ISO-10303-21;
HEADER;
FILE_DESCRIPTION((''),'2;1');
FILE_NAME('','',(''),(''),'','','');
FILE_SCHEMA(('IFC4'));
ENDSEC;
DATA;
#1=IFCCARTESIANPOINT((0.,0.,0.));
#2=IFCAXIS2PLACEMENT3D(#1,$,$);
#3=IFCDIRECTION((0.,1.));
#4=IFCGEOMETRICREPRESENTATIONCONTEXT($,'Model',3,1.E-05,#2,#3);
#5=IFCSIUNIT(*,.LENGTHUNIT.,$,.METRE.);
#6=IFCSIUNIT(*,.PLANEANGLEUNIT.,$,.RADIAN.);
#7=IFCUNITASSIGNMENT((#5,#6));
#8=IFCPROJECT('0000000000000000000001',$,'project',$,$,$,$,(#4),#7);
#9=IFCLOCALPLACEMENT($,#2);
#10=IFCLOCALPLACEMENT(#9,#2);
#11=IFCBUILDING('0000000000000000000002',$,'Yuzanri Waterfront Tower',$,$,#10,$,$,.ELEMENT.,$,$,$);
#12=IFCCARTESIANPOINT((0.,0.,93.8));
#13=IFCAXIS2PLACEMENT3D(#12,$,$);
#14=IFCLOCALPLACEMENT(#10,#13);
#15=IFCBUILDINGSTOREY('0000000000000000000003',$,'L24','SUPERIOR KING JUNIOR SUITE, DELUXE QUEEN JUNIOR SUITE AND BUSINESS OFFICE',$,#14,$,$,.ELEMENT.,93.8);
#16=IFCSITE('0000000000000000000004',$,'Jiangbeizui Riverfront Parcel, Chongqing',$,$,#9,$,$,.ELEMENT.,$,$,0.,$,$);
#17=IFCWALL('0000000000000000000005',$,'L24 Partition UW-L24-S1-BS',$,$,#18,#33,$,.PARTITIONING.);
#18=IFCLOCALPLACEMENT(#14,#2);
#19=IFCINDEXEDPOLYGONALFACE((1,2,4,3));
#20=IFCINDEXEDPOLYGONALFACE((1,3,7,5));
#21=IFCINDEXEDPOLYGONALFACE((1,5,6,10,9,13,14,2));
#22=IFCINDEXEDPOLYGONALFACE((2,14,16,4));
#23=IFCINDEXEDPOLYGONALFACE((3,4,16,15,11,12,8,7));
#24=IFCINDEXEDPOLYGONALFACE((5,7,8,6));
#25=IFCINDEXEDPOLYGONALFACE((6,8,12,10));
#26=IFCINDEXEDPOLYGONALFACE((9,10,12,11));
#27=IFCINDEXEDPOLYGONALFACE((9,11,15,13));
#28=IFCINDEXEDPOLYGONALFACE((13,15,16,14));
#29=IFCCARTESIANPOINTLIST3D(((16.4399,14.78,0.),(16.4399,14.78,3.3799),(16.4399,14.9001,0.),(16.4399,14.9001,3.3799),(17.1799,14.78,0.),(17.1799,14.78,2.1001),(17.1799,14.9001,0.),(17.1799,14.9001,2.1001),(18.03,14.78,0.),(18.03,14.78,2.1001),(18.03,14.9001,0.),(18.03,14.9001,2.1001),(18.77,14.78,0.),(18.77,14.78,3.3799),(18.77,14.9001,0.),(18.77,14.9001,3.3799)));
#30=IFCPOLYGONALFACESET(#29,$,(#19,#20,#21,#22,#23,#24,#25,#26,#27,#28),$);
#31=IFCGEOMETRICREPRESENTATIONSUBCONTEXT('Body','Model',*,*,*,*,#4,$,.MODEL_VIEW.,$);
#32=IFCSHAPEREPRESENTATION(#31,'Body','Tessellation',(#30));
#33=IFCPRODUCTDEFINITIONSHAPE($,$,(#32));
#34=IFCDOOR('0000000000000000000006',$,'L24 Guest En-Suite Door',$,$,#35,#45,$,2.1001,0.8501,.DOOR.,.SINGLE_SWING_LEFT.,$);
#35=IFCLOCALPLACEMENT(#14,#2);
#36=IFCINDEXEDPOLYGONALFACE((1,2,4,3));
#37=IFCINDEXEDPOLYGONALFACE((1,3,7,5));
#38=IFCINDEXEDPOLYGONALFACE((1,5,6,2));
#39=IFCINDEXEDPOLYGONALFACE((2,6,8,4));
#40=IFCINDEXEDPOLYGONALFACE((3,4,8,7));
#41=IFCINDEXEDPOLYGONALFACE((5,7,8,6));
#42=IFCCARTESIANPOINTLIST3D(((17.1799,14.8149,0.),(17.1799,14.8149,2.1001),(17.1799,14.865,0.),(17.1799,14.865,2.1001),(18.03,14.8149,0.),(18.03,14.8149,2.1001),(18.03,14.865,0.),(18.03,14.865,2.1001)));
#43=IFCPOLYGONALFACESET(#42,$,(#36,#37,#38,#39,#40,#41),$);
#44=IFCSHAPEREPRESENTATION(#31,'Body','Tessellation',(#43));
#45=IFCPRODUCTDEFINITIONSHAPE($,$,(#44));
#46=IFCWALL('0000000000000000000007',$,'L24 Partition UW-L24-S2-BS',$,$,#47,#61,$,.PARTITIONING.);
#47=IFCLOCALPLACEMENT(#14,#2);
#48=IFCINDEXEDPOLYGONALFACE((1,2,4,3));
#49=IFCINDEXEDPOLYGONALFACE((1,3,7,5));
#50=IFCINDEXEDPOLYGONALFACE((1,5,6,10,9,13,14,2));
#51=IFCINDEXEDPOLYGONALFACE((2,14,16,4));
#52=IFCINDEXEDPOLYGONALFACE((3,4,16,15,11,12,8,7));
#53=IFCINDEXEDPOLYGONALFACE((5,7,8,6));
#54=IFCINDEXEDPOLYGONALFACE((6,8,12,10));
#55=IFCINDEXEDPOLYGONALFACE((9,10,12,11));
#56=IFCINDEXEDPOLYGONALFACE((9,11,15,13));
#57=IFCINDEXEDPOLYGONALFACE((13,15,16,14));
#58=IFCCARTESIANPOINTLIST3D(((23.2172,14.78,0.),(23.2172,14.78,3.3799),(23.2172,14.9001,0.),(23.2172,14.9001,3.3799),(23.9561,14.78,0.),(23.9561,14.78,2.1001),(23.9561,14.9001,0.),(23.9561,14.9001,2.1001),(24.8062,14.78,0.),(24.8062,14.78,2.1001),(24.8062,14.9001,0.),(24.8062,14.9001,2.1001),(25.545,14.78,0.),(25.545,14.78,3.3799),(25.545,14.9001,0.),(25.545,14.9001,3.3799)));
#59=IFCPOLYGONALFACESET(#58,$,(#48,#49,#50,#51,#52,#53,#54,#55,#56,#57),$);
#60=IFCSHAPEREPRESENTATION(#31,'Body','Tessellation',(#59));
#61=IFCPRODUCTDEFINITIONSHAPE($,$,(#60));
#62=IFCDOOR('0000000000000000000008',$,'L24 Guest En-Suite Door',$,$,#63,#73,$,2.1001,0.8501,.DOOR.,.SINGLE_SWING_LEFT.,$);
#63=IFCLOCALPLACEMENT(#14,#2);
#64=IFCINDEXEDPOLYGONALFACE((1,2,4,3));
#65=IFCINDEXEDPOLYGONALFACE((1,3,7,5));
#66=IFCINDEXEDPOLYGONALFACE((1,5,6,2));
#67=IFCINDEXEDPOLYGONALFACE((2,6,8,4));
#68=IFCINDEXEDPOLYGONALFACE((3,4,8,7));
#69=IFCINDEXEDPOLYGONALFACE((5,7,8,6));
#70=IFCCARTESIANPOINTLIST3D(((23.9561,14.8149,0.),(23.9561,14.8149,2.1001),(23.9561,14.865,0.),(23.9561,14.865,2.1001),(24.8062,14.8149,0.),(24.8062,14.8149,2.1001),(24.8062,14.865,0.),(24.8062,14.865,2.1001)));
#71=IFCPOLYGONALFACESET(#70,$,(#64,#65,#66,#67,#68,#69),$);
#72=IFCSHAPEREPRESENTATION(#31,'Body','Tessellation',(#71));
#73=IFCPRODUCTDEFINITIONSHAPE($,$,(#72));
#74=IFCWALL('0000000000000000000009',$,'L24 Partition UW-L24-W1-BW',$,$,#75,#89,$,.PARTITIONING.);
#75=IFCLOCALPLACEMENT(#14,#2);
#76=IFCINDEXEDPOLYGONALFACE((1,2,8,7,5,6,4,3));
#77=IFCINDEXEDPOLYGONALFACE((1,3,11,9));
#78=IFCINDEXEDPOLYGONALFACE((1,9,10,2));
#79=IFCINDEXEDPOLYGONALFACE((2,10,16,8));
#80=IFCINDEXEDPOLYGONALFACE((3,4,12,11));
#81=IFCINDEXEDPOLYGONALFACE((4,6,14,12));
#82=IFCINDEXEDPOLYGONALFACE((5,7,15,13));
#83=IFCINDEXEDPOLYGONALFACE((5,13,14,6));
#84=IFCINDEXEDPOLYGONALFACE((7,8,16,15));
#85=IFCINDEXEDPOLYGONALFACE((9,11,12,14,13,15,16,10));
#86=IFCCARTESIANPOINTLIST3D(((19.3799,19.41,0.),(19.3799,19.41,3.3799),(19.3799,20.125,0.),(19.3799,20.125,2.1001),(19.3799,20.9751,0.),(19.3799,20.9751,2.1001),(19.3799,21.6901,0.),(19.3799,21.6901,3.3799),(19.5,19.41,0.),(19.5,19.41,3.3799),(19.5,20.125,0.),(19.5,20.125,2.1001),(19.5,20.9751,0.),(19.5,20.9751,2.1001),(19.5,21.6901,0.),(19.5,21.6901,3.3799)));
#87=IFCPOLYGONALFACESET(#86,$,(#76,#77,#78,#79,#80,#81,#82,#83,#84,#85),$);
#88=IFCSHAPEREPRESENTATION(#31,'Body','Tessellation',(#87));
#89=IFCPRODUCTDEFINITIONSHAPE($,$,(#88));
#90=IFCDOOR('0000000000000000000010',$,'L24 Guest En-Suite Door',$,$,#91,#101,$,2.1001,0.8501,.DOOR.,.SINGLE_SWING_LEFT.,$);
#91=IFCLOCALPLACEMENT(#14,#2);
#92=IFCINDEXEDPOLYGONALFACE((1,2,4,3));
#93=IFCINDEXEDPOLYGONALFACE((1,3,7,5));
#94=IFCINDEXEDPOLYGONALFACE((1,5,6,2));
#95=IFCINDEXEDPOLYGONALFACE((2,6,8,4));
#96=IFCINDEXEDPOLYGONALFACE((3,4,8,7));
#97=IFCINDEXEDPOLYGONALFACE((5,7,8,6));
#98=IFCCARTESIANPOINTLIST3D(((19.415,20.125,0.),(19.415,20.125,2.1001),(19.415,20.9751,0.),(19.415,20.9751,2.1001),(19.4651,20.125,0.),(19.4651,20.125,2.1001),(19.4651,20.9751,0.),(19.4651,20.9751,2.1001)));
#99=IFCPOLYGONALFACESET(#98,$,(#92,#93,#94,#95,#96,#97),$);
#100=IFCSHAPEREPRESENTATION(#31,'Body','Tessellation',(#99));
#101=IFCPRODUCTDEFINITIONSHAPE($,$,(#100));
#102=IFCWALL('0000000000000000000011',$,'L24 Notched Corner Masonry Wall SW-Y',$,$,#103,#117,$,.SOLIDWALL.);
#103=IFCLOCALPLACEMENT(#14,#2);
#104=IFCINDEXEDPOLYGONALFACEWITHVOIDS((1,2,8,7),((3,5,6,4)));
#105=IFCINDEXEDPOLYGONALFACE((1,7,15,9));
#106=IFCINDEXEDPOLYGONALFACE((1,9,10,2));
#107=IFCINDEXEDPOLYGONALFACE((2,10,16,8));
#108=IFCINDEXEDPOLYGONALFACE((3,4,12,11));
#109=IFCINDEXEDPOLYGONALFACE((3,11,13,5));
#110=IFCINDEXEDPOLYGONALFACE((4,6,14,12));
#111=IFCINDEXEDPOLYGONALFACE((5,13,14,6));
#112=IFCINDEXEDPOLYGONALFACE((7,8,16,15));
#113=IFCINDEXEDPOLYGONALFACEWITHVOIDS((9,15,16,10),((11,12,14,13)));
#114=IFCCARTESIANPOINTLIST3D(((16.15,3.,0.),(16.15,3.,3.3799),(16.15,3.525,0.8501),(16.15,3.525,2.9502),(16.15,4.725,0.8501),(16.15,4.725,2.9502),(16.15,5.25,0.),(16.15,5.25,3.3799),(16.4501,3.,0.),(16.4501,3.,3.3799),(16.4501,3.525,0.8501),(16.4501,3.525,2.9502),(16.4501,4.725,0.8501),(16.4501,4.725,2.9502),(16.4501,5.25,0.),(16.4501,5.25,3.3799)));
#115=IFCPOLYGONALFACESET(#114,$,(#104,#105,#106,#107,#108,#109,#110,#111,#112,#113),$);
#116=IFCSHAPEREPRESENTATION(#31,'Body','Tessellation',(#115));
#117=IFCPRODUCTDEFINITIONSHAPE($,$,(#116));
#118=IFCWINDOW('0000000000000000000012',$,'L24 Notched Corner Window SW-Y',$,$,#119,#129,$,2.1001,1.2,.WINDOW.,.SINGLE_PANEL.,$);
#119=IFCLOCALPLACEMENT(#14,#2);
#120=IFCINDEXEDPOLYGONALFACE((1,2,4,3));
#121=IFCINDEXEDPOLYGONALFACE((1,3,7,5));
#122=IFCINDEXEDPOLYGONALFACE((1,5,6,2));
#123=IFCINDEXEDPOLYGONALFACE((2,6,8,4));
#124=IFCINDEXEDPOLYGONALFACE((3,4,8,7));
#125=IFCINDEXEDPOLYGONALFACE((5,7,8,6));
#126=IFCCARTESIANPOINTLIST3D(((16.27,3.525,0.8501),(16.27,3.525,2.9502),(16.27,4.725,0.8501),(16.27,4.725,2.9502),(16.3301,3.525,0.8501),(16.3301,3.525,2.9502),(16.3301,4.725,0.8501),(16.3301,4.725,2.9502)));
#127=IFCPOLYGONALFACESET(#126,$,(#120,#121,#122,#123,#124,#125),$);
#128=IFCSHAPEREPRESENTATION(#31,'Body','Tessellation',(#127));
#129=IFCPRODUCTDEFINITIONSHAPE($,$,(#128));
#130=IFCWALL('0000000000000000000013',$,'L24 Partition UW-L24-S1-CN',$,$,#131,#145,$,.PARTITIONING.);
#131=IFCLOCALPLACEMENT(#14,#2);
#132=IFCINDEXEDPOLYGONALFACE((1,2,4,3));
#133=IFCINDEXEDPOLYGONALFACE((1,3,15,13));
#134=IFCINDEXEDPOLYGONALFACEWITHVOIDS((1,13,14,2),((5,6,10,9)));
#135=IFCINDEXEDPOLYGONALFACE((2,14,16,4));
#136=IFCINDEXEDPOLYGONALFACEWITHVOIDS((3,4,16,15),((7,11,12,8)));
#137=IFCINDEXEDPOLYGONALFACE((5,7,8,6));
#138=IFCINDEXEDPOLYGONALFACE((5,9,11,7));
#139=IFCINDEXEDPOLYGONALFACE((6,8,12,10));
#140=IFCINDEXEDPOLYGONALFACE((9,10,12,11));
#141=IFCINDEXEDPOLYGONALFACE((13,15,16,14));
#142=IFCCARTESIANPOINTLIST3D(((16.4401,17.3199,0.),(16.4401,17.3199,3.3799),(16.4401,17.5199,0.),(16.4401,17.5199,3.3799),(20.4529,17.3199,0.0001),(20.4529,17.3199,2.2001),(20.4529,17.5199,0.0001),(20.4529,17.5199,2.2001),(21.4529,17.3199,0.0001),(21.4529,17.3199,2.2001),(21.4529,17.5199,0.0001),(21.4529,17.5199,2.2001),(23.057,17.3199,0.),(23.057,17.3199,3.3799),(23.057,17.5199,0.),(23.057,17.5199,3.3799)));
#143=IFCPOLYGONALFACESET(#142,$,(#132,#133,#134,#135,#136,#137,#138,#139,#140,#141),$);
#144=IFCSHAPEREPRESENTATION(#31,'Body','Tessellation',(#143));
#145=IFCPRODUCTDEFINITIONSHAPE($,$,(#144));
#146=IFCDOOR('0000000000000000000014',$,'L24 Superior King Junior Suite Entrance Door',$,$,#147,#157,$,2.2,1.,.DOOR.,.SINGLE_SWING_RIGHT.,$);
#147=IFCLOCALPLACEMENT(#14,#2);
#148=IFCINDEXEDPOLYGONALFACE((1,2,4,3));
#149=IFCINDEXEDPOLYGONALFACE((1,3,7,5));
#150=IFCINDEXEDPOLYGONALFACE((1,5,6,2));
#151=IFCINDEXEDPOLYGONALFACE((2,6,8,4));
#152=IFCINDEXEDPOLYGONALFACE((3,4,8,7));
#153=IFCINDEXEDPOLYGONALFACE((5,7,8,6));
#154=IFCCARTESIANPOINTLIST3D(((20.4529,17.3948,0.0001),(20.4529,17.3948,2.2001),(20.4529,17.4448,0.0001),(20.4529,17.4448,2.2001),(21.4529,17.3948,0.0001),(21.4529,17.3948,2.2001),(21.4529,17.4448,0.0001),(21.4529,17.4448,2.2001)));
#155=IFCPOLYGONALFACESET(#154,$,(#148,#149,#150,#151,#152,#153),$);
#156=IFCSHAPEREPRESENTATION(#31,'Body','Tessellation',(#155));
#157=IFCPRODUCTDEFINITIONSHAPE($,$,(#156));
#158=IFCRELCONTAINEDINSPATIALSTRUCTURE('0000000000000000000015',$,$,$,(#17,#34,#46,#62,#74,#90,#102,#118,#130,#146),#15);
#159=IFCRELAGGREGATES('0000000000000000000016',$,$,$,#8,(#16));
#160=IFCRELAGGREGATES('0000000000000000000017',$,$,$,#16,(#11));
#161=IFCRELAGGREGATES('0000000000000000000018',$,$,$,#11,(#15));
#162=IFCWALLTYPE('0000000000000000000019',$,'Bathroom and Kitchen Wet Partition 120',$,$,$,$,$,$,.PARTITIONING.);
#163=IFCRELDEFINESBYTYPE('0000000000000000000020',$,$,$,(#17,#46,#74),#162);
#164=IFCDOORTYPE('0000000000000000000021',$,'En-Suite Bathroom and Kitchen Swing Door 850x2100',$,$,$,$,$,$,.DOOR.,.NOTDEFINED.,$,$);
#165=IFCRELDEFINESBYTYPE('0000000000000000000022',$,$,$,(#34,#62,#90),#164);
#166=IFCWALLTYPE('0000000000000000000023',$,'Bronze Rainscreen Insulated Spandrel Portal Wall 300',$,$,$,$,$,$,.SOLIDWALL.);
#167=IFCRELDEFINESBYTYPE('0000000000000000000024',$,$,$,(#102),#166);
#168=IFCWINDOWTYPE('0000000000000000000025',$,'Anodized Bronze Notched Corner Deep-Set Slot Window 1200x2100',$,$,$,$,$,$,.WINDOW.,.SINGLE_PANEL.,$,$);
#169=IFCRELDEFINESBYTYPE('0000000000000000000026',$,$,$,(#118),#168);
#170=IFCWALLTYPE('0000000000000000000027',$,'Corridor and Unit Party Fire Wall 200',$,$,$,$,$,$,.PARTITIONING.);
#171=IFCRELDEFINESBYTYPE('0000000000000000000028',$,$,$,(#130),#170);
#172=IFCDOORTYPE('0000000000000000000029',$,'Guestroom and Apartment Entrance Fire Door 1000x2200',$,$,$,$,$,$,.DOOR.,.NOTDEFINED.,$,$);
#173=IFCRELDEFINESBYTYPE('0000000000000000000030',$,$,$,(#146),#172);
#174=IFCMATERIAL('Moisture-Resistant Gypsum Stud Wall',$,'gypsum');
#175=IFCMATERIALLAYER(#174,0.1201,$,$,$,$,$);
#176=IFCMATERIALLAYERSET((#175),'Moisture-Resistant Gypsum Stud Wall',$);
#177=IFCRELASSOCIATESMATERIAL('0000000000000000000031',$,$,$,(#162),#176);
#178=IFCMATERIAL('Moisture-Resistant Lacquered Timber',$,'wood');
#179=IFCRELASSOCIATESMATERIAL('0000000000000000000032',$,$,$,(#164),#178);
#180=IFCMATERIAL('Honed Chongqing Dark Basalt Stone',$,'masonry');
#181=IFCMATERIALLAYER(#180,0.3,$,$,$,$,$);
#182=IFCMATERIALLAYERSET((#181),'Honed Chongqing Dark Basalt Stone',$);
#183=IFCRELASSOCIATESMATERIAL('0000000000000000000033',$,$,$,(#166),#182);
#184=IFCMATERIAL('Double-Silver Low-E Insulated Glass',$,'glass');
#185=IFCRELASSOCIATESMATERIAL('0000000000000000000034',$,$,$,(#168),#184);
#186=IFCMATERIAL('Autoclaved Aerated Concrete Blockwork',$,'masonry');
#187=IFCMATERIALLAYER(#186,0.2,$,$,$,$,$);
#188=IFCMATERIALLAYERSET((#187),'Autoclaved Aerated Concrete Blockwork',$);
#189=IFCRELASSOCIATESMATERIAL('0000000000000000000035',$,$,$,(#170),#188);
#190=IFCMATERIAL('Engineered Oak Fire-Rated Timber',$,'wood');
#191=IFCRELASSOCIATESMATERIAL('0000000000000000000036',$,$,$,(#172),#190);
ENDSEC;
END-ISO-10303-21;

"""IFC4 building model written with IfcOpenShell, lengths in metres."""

from ifc_helpers import new_model, si_unit, direction, frame, frame_2d, origin, place, context, subcontext, project, spatial, rectangle, extrude, source, transform, mapped, material, layer, layer_set, type_object, element, fill, save


model = new_model("IFC4")

# Units and contexts
model_context = context("Model", 3, precision=1e-05, world=origin(), true_north=direction((0.0, 1.0)))
body_context = subcontext(model_context, "Body", "Model", "MODEL_VIEW")
ifc_project = project(units=[si_unit("LENGTHUNIT", "METRE"), si_unit("PLANEANGLEUNIT", "RADIAN")], contexts=[model_context])

# Site, building, storey
site_placement = place(None, origin())
site = spatial("IfcSite", under=ifc_project, at=site_placement, Name="Jiangbeizui Riverfront Parcel, Chongqing", CompositionType="ELEMENT", RefElevation=0.0)
building_placement = place(site_placement, origin())
building = spatial("IfcBuilding", under=site, at=building_placement, Name="Yuzanri Waterfront Tower", CompositionType="ELEMENT")
storey_placement = place(building_placement, frame((0.0, 0.0, 93.8)))
storey = spatial("IfcBuildingStorey", under=building, at=storey_placement, Name="L24", Description="SUPERIOR KING JUNIOR SUITE, DELUXE QUEEN JUNIOR SUITE AND BUSINESS OFFICE", CompositionType="ELEMENT", Elevation=93.8)

# Walls, openings, doors
ifc_material_1 = material(Name="Moisture-Resistant Gypsum Stud Wall", Category="gypsum")
ifc_layer_1 = layer(ifc_material_1, 0.1201)
ifc_layer_set_1 = layer_set([ifc_layer_1], Name="Moisture-Resistant Gypsum Stud Wall")
wall_type_1 = type_object("IfcWallType", Name="Bathroom and Kitchen Wet Partition 120", PredefinedType="PARTITIONING", material=ifc_layer_set_1)
wall_1_placement = place(storey_placement, frame((16.4399, 14.8401, 0.0), z_axis=(0.0, 0.0, 1.0), x_axis=(1.0, 0.0, 0.0)))
wall_1 = element("IfcWall", 1, at=wall_1_placement, inside=storey, type_object=wall_type_1, Name="L24 Partition UW-L24-S1-BS", PredefinedType="PARTITIONING", context=body_context, shape_type="SweptSolid", body=[
    extrude(rectangle(XDim=2.3301, YDim=0.1201, at=frame_2d((1.165, 0.0))), origin(), (0.0, 0.0, 1.0), 3.3799),
])
opening_1_placement = place(wall_1_placement, frame((0.74, 0.0, 0.0)))
opening_1 = element("IfcOpeningElement", 2, at=opening_1_placement, cuts=wall_1, PredefinedType="OPENING", context=body_context, shape_type="SweptSolid", body=[
    extrude(rectangle(XDim=0.8501, YDim=2.1001, at=frame_2d((0.425, 1.05))), frame((0.0, 0.075, 0.0), z_axis=(0.0, -1.0, 0.0), x_axis=(1.0, 0.0, 0.0)), (0.0, 0.0, 1.0), 0.1499),
])
ifc_material_2 = material(Name="Moisture-Resistant Lacquered Timber", Category="wood")
door_type_1 = type_object("IfcDoorType", Name="En-Suite Bathroom and Kitchen Swing Door 850x2100", OperationType="NOTDEFINED", PredefinedType="DOOR", material=ifc_material_2)
shared_shape_1 = source(origin(), body_context, "Body", "SweptSolid", [
    extrude(rectangle(XDim=0.8501, YDim=2.1001, at=frame_2d((0.425, 1.05))), frame((0.0, 0.0249, 0.0), z_axis=(0.0, -1.0, 0.0), x_axis=(1.0, 0.0, 0.0)), (0.0, 0.0, 1.0), 0.05),
])
door_1_placement = place(opening_1_placement, origin())
door_1 = element("IfcDoor", 3, at=door_1_placement, inside=storey, type_object=door_type_1, Name="L24 Guest En-Suite Door", OperationType="SINGLE_SWING_LEFT", OverallHeight=2.1001, OverallWidth=0.8501, PredefinedType="DOOR", context=body_context, shape_type="MappedRepresentation", body=[
    mapped(shared_shape_1, transform((0.0, 0.0, 0.0), scale=1.0)),
])
fill(opening_1, door_1)
wall_2_placement = place(storey_placement, frame((23.217, 14.8401, 0.0), z_axis=(0.0, 0.0, 1.0), x_axis=(1.0, 0.0, 0.0)))
wall_2 = element("IfcWall", 4, at=wall_2_placement, inside=storey, type_object=wall_type_1, Name="L24 Partition UW-L24-S2-BS", PredefinedType="PARTITIONING", context=body_context, shape_type="SweptSolid", body=[
    extrude(rectangle(XDim=2.3279, YDim=0.1201, at=frame_2d((1.1641, 0.0))), origin(), (0.0, 0.0, 1.0), 3.3799),
])
opening_2_placement = place(wall_2_placement, frame((0.739, 0.0, 0.0)))
opening_2 = element("IfcOpeningElement", 5, at=opening_2_placement, cuts=wall_2, PredefinedType="OPENING", context=body_context, shape_type="SweptSolid", body=[
    extrude(rectangle(XDim=0.8501, YDim=2.1001, at=frame_2d((0.425, 1.05))), frame((0.0, 0.075, 0.0), z_axis=(0.0, -1.0, 0.0), x_axis=(1.0, 0.0, 0.0)), (0.0, 0.0, 1.0), 0.1499),
])
door_2_placement = place(opening_2_placement, origin())
door_2 = element("IfcDoor", 6, at=door_2_placement, inside=storey, type_object=door_type_1, Name="L24 Guest En-Suite Door", OperationType="SINGLE_SWING_LEFT", OverallHeight=2.1001, OverallWidth=0.8501, PredefinedType="DOOR", context=body_context, shape_type="MappedRepresentation", body=[
    mapped(shared_shape_1, transform((0.0, 0.0, 0.0), scale=1.0)),
])
fill(opening_2, door_2)
wall_3_placement = place(storey_placement, frame((19.4399, 19.4099, 0.0), z_axis=(0.0, 0.0, 1.0), x_axis=(0.0, 1.0, 0.0)))
wall_3 = element("IfcWall", 7, at=wall_3_placement, inside=storey, type_object=wall_type_1, Name="L24 Partition UW-L24-W1-BW", PredefinedType="PARTITIONING", context=body_context, shape_type="SweptSolid", body=[
    extrude(rectangle(XDim=2.28, YDim=0.1201, at=frame_2d((1.1401, 0.0))), origin(), (0.0, 0.0, 1.0), 3.3799),
])
opening_3_placement = place(wall_3_placement, frame((0.7151, 0.0, 0.0)))
opening_3 = element("IfcOpeningElement", 8, at=opening_3_placement, cuts=wall_3, PredefinedType="OPENING", context=body_context, shape_type="SweptSolid", body=[
    extrude(rectangle(XDim=0.8501, YDim=2.1001, at=frame_2d((0.425, 1.05))), frame((0.0, 0.075, 0.0), z_axis=(0.0, -1.0, 0.0), x_axis=(1.0, 0.0, 0.0)), (0.0, 0.0, 1.0), 0.1499),
])
door_3_placement = place(opening_3_placement, origin())
door_3 = element("IfcDoor", 9, at=door_3_placement, inside=storey, type_object=door_type_1, Name="L24 Guest En-Suite Door", OperationType="SINGLE_SWING_LEFT", OverallHeight=2.1001, OverallWidth=0.8501, PredefinedType="DOOR", context=body_context, shape_type="MappedRepresentation", body=[
    mapped(shared_shape_1, transform((0.0, 0.0, 0.0), scale=1.0)),
])
fill(opening_3, door_3)

# Wall, opening, window
ifc_material_3 = material(Name="Honed Chongqing Dark Basalt Stone", Category="masonry")
ifc_layer_2 = layer(ifc_material_3, 0.3)
ifc_layer_set_2 = layer_set([ifc_layer_2], Name="Honed Chongqing Dark Basalt Stone")
wall_type_2 = type_object("IfcWallType", Name="Bronze Rainscreen Insulated Spandrel Portal Wall 300", PredefinedType="SOLIDWALL", material=ifc_layer_set_2)
wall_4_placement = place(storey_placement, frame((16.3, 5.25, 0.0), z_axis=(0.0, 0.0, 1.0), x_axis=(0.0, -1.0, 0.0)))
wall_4 = element("IfcWall", 10, at=wall_4_placement, inside=storey, type_object=wall_type_2, Name="L24 Notched Corner Masonry Wall SW-Y", PredefinedType="SOLIDWALL", context=body_context, shape_type="SweptSolid", body=[
    extrude(rectangle(XDim=2.25, YDim=0.3, at=frame_2d((1.125, 0.0))), origin(), (0.0, 0.0, 1.0), 3.3799),
])
opening_4_placement = place(wall_4_placement, frame((0.5249, 0.0, 0.8501)))
opening_4 = element("IfcOpeningElement", 11, at=opening_4_placement, cuts=wall_4, PredefinedType="OPENING", context=body_context, shape_type="SweptSolid", body=[
    extrude(rectangle(XDim=1.2, YDim=2.1001, at=frame_2d((0.6001, 1.05))), frame((0.0, 0.165, 0.0), z_axis=(0.0, -1.0, 0.0), x_axis=(1.0, 0.0, 0.0)), (0.0, 0.0, 1.0), 0.3298),
])
ifc_material_4 = material(Name="Double-Silver Low-E Insulated Glass", Category="glass")
window_type = type_object("IfcWindowType", Name="Anodized Bronze Notched Corner Deep-Set Slot Window 1200x2100", PartitioningType="SINGLE_PANEL", PredefinedType="WINDOW", material=ifc_material_4)
shared_shape_2 = source(origin(), body_context, "Body", "SweptSolid", [
    extrude(rectangle(XDim=1.2, YDim=2.1001, at=frame_2d((0.6001, 1.05))), frame((0.0, 0.03, 0.0), z_axis=(0.0, -1.0, 0.0), x_axis=(1.0, 0.0, 0.0)), (0.0, 0.0, 1.0), 0.0601),
])
window_placement = place(opening_4_placement, origin())
window = element("IfcWindow", 12, at=window_placement, inside=storey, type_object=window_type, Name="L24 Notched Corner Window SW-Y", OverallHeight=2.1001, OverallWidth=1.2, PartitioningType="SINGLE_PANEL", PredefinedType="WINDOW", context=body_context, shape_type="MappedRepresentation", body=[
    mapped(shared_shape_2, transform((0.0, 0.0, 0.0), scale=1.0)),
])
fill(opening_4, window)

# Wall, opening, door
ifc_material_5 = material(Name="Autoclaved Aerated Concrete Blockwork", Category="masonry")
ifc_layer_3 = layer(ifc_material_5, 0.2)
ifc_layer_set_3 = layer_set([ifc_layer_3], Name="Autoclaved Aerated Concrete Blockwork")
wall_type_3 = type_object("IfcWallType", Name="Corridor and Unit Party Fire Wall 200", PredefinedType="PARTITIONING", material=ifc_layer_set_3)
wall_5_placement = place(storey_placement, frame((16.4399, 17.4199, 0.0), z_axis=(0.0, 0.0, 1.0), x_axis=(1.0, 0.0, 0.0)))
wall_5 = element("IfcWall", 13, at=wall_5_placement, inside=storey, type_object=wall_type_3, Name="L24 Partition UW-L24-S1-CN", PredefinedType="PARTITIONING", context=body_context, shape_type="SweptSolid", body=[
    extrude(rectangle(XDim=6.6169, YDim=0.2, at=frame_2d((3.3086, 0.0))), origin(), (0.0, 0.0, 1.0), 3.3799),
])
opening_5_placement = place(wall_5_placement, frame((4.0129, 0.0, 0.0)))
opening_5 = element("IfcOpeningElement", 14, at=opening_5_placement, cuts=wall_5, PredefinedType="OPENING", context=body_context, shape_type="SweptSolid", body=[
    extrude(rectangle(XDim=1.0, YDim=2.2, at=frame_2d((0.5, 1.1001))), frame((0.0, 0.1147, 0.0), z_axis=(0.0, -1.0, 0.0), x_axis=(1.0, 0.0, 0.0)), (0.0, 0.0, 1.0), 0.2297),
])
ifc_material_6 = material(Name="Engineered Oak Fire-Rated Timber", Category="wood")
door_type_2 = type_object("IfcDoorType", Name="Guestroom and Apartment Entrance Fire Door 1000x2200", OperationType="NOTDEFINED", PredefinedType="DOOR", material=ifc_material_6)
shared_shape_3 = source(origin(), body_context, "Body", "SweptSolid", [
    extrude(rectangle(XDim=1.0, YDim=2.2, at=frame_2d((0.5, 1.1001))), frame((0.0, 0.0249, 0.0), z_axis=(0.0, -1.0, 0.0), x_axis=(1.0, 0.0, 0.0)), (0.0, 0.0, 1.0), 0.05),
])
door_4_placement = place(opening_5_placement, origin())
door_4 = element("IfcDoor", 15, at=door_4_placement, inside=storey, type_object=door_type_2, Name="L24 Superior King Junior Suite Entrance Door", OperationType="SINGLE_SWING_RIGHT", OverallHeight=2.2, OverallWidth=1.0, PredefinedType="DOOR", context=body_context, shape_type="MappedRepresentation", body=[
    mapped(shared_shape_3, transform((0.0, 0.0, 0.0), scale=1.0)),
])
fill(opening_5, door_4)

save(model, "model.ifc")
